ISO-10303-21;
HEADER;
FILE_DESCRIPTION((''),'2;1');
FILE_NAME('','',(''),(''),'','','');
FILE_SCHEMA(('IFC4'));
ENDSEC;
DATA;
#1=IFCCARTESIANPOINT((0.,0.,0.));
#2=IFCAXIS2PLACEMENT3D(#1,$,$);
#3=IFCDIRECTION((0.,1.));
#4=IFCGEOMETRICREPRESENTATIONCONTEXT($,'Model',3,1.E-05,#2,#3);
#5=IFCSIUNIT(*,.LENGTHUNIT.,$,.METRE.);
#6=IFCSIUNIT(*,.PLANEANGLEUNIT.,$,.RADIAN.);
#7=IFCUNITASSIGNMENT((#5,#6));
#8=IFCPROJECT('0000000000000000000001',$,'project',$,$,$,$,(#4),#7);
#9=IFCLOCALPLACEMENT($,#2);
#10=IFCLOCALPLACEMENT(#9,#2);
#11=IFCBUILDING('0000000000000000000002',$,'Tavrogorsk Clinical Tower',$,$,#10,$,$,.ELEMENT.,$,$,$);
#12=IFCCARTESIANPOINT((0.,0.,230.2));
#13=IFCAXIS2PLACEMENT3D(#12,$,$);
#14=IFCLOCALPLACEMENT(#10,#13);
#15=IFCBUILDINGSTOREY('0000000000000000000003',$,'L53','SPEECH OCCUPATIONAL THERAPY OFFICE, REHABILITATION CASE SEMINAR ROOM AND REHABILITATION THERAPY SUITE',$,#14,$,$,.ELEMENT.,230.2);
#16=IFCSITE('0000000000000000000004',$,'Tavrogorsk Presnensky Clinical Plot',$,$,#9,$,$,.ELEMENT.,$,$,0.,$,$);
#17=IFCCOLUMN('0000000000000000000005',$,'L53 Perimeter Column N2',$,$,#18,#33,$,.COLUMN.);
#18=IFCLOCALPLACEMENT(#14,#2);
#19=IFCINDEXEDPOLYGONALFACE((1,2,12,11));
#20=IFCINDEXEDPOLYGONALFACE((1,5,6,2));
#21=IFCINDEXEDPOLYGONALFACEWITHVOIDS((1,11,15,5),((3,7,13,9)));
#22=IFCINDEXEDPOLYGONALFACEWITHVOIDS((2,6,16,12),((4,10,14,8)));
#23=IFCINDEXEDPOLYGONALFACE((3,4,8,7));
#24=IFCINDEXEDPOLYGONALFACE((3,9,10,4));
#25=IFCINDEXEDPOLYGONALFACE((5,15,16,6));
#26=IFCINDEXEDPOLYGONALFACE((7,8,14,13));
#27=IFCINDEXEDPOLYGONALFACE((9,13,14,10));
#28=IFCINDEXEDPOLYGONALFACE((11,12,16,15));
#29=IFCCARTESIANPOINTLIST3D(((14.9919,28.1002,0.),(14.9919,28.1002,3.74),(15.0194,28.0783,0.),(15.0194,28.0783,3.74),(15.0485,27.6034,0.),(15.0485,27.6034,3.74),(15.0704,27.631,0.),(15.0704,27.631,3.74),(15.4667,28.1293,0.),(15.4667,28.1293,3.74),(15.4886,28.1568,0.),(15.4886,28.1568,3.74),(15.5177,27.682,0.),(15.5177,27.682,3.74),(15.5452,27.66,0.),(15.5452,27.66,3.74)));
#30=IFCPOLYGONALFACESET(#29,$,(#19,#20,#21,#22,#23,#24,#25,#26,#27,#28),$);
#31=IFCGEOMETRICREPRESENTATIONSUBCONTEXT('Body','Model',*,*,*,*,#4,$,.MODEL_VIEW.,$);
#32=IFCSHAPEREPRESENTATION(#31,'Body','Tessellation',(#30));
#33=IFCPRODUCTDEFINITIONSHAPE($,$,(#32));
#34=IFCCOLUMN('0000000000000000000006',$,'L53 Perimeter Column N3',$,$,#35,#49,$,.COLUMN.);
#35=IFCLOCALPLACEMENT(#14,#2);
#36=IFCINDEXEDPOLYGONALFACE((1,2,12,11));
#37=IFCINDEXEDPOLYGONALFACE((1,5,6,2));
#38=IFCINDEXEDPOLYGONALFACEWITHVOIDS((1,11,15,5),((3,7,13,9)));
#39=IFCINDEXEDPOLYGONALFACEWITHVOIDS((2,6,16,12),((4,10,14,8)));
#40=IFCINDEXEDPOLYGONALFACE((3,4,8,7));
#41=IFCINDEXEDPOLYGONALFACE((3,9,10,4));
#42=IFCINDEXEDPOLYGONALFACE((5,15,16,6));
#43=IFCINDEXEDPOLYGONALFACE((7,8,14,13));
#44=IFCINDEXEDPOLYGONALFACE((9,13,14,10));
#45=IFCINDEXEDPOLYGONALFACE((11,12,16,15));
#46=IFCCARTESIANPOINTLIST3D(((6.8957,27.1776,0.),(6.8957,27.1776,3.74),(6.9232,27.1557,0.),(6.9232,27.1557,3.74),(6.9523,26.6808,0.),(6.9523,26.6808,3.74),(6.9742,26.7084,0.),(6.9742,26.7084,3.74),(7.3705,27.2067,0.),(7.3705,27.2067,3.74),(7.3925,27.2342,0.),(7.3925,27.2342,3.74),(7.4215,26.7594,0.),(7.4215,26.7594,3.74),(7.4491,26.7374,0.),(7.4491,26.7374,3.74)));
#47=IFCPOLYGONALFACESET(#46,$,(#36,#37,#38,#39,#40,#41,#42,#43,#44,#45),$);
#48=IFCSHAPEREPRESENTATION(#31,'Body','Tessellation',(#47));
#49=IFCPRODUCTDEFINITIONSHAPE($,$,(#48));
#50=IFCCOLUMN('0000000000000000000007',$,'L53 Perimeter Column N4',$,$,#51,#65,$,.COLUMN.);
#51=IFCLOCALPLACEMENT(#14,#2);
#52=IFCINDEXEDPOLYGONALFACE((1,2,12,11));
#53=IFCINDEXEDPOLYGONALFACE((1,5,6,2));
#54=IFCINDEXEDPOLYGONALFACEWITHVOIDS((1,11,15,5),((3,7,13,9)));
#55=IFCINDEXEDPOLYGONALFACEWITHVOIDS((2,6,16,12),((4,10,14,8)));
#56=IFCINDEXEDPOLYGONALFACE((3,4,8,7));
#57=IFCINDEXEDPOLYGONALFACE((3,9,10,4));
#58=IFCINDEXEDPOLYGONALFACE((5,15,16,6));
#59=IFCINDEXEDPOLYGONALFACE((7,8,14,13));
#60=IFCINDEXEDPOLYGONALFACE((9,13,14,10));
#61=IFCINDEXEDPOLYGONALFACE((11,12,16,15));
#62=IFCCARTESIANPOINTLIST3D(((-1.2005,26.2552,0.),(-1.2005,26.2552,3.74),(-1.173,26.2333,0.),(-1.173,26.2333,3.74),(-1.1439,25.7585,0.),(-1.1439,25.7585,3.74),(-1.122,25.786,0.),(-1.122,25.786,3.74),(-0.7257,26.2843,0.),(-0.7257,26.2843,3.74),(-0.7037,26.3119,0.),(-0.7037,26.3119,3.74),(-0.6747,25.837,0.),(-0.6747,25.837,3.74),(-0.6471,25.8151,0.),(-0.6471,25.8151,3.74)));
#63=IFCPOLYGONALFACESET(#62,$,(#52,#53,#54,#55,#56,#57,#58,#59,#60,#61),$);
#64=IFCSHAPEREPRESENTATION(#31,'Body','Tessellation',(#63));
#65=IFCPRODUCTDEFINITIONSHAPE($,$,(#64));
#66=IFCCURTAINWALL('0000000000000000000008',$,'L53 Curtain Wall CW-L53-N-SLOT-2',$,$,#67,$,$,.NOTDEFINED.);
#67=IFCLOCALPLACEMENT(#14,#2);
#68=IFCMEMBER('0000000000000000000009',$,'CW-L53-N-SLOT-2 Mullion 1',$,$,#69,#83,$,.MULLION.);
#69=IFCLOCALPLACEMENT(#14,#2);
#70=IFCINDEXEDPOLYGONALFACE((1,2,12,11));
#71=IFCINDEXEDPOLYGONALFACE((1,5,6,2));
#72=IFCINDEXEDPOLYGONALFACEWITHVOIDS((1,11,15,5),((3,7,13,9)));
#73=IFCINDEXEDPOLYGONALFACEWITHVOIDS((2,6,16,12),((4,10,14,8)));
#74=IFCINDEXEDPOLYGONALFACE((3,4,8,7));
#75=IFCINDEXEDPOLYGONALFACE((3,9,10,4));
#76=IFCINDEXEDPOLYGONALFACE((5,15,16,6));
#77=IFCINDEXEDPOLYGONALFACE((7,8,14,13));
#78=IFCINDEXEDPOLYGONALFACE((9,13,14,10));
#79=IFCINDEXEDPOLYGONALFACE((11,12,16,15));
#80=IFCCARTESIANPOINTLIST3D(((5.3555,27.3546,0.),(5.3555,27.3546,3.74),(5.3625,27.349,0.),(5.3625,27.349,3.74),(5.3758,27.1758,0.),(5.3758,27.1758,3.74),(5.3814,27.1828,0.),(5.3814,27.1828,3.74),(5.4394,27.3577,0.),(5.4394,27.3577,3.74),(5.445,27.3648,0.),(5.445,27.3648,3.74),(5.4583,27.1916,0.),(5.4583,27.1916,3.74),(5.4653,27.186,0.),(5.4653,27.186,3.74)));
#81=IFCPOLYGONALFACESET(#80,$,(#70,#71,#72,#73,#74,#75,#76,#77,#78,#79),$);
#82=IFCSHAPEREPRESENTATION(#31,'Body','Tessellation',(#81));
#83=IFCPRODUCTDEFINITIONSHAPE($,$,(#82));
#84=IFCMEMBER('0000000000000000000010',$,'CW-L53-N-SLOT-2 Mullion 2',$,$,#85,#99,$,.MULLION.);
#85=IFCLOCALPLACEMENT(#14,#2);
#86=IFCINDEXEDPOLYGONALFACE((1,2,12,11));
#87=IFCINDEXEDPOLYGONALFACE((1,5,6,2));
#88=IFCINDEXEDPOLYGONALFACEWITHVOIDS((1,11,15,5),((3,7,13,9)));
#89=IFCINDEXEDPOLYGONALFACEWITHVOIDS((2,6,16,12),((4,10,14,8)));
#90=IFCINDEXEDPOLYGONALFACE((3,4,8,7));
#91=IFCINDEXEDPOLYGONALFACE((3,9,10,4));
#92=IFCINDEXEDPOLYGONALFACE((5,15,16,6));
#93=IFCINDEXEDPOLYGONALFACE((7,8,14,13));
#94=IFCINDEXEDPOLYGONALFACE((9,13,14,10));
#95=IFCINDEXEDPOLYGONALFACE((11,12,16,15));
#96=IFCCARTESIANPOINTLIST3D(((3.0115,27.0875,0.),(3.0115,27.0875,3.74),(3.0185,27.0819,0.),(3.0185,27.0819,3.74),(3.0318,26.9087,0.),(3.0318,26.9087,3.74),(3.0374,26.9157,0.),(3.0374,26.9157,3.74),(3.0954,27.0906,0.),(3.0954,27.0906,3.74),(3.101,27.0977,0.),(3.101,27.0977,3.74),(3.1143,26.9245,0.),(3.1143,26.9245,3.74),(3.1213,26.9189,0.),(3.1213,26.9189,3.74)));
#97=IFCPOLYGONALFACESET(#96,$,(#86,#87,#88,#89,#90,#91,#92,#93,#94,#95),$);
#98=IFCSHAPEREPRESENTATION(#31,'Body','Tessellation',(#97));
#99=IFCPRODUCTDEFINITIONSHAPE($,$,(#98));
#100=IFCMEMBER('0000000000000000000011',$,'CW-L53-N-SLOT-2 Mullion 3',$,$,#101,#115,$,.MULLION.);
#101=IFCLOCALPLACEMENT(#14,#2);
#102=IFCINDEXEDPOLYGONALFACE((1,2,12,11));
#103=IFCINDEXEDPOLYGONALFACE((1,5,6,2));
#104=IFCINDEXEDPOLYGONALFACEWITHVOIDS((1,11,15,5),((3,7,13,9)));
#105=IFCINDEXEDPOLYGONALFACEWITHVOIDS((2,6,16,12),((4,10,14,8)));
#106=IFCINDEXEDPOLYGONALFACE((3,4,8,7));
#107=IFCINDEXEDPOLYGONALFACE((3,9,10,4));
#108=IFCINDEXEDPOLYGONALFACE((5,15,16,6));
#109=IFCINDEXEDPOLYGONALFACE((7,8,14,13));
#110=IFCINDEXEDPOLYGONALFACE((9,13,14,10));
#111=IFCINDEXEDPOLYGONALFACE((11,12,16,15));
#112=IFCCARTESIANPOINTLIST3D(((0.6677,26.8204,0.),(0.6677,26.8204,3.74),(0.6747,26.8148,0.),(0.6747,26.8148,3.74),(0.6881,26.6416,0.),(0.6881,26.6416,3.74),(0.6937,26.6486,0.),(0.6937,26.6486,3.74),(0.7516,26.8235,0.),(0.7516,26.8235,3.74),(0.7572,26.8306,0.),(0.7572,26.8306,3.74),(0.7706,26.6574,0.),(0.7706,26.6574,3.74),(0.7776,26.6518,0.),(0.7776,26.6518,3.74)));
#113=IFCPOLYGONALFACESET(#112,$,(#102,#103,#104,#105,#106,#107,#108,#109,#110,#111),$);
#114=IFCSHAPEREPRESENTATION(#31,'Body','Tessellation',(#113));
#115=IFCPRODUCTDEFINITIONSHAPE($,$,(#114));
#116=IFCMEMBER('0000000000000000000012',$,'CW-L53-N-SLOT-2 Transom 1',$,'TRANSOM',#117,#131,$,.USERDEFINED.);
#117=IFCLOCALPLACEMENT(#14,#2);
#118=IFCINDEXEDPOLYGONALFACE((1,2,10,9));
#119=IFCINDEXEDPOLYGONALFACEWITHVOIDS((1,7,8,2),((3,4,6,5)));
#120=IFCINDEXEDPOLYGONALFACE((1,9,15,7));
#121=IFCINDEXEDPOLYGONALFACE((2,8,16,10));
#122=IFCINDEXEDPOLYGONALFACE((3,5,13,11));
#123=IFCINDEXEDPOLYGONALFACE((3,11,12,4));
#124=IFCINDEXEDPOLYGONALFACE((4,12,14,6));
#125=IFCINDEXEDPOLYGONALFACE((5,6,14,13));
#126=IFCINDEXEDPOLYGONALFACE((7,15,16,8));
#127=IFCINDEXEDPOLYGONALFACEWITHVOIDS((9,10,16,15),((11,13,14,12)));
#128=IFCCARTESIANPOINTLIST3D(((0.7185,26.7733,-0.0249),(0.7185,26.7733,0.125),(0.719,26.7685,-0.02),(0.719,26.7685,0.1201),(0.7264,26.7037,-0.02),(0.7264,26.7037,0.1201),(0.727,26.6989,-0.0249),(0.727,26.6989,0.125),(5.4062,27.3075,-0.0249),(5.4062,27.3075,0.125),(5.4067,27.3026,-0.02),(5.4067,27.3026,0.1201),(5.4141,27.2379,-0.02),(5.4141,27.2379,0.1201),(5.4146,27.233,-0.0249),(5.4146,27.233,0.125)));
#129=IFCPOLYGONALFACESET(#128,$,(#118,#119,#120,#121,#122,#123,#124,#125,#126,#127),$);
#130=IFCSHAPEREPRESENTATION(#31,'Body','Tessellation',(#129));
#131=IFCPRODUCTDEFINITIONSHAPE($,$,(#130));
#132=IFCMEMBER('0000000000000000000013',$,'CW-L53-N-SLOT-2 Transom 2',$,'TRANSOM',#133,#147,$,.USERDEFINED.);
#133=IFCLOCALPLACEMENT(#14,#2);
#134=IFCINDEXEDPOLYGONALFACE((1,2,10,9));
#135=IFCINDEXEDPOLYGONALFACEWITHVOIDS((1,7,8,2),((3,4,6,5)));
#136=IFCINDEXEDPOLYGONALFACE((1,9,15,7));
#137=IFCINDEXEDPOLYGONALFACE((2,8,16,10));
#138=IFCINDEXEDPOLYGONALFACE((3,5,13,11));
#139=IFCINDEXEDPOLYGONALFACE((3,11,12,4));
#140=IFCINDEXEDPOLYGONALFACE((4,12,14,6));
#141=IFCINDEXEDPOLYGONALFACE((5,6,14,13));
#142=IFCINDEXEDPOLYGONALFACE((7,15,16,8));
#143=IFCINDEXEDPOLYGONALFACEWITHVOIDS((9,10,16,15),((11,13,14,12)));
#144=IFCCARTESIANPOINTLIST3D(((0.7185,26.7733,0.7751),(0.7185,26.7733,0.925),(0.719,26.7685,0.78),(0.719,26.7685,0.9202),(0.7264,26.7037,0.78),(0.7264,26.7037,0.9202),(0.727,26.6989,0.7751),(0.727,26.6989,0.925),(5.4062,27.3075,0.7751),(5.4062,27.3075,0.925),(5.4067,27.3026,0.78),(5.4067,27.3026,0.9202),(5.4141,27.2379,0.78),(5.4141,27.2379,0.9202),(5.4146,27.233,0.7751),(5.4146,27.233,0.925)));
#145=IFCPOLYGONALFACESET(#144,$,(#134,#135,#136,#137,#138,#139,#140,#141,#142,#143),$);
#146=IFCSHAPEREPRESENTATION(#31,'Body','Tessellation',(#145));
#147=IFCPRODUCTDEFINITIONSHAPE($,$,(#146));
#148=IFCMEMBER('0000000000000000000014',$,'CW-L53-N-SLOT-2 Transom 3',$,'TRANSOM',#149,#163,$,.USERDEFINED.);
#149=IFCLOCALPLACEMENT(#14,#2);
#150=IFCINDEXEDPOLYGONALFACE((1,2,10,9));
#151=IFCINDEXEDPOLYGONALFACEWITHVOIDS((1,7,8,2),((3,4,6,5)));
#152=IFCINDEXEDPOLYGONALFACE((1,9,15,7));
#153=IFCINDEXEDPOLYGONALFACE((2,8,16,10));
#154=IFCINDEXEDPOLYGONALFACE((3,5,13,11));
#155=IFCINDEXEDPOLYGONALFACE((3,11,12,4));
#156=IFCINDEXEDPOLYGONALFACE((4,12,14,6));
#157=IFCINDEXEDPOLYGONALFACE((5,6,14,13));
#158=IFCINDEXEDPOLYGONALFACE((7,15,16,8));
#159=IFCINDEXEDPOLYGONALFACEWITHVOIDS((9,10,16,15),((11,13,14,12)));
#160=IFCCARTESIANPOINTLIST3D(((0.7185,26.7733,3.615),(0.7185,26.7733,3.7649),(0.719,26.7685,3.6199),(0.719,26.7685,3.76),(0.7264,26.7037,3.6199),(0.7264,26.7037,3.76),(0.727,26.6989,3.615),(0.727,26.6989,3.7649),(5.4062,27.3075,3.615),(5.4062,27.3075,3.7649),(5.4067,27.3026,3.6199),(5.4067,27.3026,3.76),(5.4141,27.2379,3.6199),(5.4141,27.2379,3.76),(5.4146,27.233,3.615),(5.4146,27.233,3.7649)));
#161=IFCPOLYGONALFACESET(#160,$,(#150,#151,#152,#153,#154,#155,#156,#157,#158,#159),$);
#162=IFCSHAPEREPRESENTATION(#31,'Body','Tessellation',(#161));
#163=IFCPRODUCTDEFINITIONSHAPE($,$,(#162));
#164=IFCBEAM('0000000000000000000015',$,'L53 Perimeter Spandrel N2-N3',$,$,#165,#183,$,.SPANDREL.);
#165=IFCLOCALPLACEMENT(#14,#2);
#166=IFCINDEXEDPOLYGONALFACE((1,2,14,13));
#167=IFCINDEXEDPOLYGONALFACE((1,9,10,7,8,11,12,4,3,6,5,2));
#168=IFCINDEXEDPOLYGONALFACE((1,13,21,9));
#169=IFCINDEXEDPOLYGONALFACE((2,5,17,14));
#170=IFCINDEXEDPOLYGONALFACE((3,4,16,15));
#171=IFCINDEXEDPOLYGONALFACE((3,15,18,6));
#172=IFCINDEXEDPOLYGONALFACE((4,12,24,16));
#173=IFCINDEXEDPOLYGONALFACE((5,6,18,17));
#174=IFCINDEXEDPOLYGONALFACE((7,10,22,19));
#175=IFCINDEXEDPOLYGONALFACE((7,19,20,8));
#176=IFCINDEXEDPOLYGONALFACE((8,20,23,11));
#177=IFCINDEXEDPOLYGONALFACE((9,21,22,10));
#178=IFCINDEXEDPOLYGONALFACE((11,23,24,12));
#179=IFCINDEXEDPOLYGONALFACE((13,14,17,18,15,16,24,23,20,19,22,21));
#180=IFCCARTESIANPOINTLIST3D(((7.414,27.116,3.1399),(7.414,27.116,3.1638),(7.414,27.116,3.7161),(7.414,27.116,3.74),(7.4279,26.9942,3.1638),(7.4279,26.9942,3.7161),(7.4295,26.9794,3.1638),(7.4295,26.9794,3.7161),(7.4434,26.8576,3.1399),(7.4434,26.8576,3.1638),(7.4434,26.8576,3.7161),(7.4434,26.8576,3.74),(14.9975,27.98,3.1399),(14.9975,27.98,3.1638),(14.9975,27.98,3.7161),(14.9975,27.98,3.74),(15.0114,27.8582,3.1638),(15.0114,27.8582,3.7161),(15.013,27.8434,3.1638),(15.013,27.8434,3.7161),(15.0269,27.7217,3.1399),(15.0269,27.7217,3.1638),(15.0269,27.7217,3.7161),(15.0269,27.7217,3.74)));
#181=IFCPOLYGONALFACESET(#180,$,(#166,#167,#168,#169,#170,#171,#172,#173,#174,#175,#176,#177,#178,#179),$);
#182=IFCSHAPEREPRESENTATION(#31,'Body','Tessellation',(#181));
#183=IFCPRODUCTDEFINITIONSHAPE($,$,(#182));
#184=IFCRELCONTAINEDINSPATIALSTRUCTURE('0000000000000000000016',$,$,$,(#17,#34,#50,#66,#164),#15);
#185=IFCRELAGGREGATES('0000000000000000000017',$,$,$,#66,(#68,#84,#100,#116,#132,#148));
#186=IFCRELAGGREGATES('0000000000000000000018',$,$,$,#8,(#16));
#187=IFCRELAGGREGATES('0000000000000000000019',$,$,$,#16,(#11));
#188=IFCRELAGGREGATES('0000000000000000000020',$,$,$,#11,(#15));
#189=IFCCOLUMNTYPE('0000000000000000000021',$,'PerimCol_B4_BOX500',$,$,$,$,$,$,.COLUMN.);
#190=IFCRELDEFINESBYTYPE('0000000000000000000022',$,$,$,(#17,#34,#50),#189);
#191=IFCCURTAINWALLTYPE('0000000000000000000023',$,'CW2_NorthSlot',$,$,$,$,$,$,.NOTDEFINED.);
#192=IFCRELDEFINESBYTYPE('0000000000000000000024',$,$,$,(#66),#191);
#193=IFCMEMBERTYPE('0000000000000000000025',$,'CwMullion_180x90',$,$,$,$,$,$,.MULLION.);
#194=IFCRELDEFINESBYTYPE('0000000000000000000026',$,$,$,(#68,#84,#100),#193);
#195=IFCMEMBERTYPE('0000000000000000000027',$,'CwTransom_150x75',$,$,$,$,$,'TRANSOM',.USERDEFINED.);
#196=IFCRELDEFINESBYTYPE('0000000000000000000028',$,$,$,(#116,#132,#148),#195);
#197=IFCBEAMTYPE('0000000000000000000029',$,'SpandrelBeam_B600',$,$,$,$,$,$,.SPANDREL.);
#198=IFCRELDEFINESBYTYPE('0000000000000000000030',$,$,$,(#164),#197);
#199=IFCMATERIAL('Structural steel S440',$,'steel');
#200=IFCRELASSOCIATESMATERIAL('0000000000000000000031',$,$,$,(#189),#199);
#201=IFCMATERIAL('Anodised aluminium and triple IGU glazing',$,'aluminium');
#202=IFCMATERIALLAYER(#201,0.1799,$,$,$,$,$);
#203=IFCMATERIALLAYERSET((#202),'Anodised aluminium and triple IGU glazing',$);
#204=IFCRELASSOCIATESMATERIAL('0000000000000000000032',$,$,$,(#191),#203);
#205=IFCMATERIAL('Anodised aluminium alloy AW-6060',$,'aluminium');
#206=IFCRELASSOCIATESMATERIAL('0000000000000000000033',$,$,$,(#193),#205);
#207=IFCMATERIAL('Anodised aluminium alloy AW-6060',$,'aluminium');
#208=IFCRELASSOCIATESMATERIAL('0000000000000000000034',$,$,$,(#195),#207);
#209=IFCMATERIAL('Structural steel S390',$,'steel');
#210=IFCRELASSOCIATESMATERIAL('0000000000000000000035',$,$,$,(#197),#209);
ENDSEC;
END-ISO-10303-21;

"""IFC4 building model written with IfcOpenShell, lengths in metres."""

from ifc_helpers import new_model, si_unit, direction, frame, origin, origin_2d, place, context, subcontext, project, spatial, hollow_rectangle, i_section, extrude, material, layer, layer_set, material_profile, profile_set, type_object, element, aggregate, save


model = new_model("IFC4")

# Units and contexts
model_context = context("Model", 3, precision=1e-05, world=origin(), true_north=direction((0.0, 1.0)))
body_context = subcontext(model_context, "Body", "Model", "MODEL_VIEW")
ifc_project = project(units=[si_unit("LENGTHUNIT", "METRE"), si_unit("PLANEANGLEUNIT", "RADIAN")], contexts=[model_context])

# Site, building, storey
site_placement = place(None, origin())
site = spatial("IfcSite", under=ifc_project, at=site_placement, Name="Tavrogorsk Presnensky Clinical Plot", CompositionType="ELEMENT", RefElevation=0.0)
building_placement = place(site_placement, origin())
building = spatial("IfcBuilding", under=site, at=building_placement, Name="Tavrogorsk Clinical Tower", CompositionType="ELEMENT")
storey_placement = place(building_placement, frame((0.0, 0.0, 230.2)))
storey = spatial("IfcBuildingStorey", under=building, at=storey_placement, Name="L53", Description="SPEECH OCCUPATIONAL THERAPY OFFICE, REHABILITATION CASE SEMINAR ROOM AND REHABILITATION THERAPY SUITE", CompositionType="ELEMENT", Elevation=230.2)

# Columns
ifc_material_1 = material(Name="Structural steel S440", Category="steel")
ifc_material_profile_1 = material_profile(ifc_material_1, hollow_rectangle(XDim=0.5, YDim=0.5, WallThickness=0.0249, at=origin_2d()), Name="BOX-500x500x25")
ifc_profile_set_1 = profile_set([ifc_material_profile_1], Name="Structural steel S440")
column_type = type_object("IfcColumnType", Name="PerimCol_B4_BOX500", PredefinedType="COLUMN", material=ifc_profile_set_1)
for number, where, z_axis, x_axis, name in (
    (1, (15.2686, 27.8801, 0.0), (0.0, 0.0, 1.0), (0.993572, 0.113203, 0.0), "L53 Perimeter Column N2"),
    (2, (7.1724, 26.9575, 0.0), (0.0, 0.0, 1.0), (0.993572, 0.113203, 0.0), "L53 Perimeter Column N3"),
    (3, (-0.9238, 26.0352, 0.0), (0.0, 0.0, 1.0), (0.993572, 0.113203, 0.0), "L53 Perimeter Column N4"),
):
    element("IfcColumn", number, at=place(storey_placement, frame(where, z_axis=z_axis, x_axis=x_axis)), inside=storey, type_object=column_type, Name=name, PredefinedType="COLUMN", context=body_context, shape_type="SweptSolid", body=[
        extrude(hollow_rectangle(XDim=0.5, YDim=0.5, WallThickness=0.0249, at=origin_2d()), origin(), (0.0, 0.0, 1.0), 3.74),
    ])

# Curtain wall, members
ifc_material_2 = material(Name="Anodised aluminium and triple IGU glazing", Category="aluminium")
ifc_layer_1 = layer(ifc_material_2, 0.1799)
ifc_layer_set_1 = layer_set([ifc_layer_1], Name="Anodised aluminium and triple IGU glazing")
curtain_wall_type = type_object("IfcCurtainWallType", Name="CW2_NorthSlot", PredefinedType="NOTDEFINED", material=ifc_layer_set_1)
curtain_wall_placement = place(storey_placement, origin())
curtain_wall = element("IfcCurtainWall", 4, at=curtain_wall_placement, inside=storey, type_object=curtain_wall_type, Name="L53 Curtain Wall CW-L53-N-SLOT-2", PredefinedType="NOTDEFINED")
ifc_material_3 = material(Name="Anodised aluminium alloy AW-6060", Category="aluminium")
ifc_material_profile_2 = material_profile(ifc_material_3, hollow_rectangle(XDim=0.0901, YDim=0.1799, WallThickness=0.0063, at=origin_2d()), Name="RHS-180x90x6.3")
ifc_profile_set_2 = profile_set([ifc_material_profile_2], Name="Anodised aluminium alloy AW-6060")
member_type_1 = type_object("IfcMemberType", Name="CwMullion_180x90", PredefinedType="MULLION", material=ifc_profile_set_2)
member_1_placement = place(storey_placement, frame((5.4104, 27.2703, 0.0), z_axis=(0.0, 0.0, 1.0), x_axis=(-0.993572, -0.113203, 0.0)))
member_1 = element("IfcMember", 5, at=member_1_placement, type_object=member_type_1, Name="CW-L53-N-SLOT-2 Mullion 1", PredefinedType="MULLION", context=body_context, shape_type="SweptSolid", body=[
    extrude(hollow_rectangle(XDim=0.0901, YDim=0.1799, WallThickness=0.0063, at=origin_2d()), origin(), (0.0, 0.0, 1.0), 3.74),
])
member_2_placement = place(storey_placement, frame((3.0664, 27.0032, 0.0), z_axis=(0.0, 0.0, 1.0), x_axis=(-0.993572, -0.113203, 0.0)))
member_2 = element("IfcMember", 6, at=member_2_placement, type_object=member_type_1, Name="CW-L53-N-SLOT-2 Mullion 2", PredefinedType="MULLION", context=body_context, shape_type="SweptSolid", body=[
    extrude(hollow_rectangle(XDim=0.0901, YDim=0.1799, WallThickness=0.0063, at=origin_2d()), origin(), (0.0, 0.0, 1.0), 3.74),
])
member_3_placement = place(storey_placement, frame((0.7227, 26.7361, 0.0), z_axis=(0.0, 0.0, 1.0), x_axis=(-0.993572, -0.113203, 0.0)))
member_3 = element("IfcMember", 7, at=member_3_placement, type_object=member_type_1, Name="CW-L53-N-SLOT-2 Mullion 3", PredefinedType="MULLION", context=body_context, shape_type="SweptSolid", body=[
    extrude(hollow_rectangle(XDim=0.0901, YDim=0.1799, WallThickness=0.0063, at=origin_2d()), origin(), (0.0, 0.0, 1.0), 3.74),
])
ifc_material_4 = material(Name="Anodised aluminium alloy AW-6060", Category="aluminium")
ifc_material_profile_3 = material_profile(ifc_material_4, hollow_rectangle(XDim=0.075, YDim=0.1499, WallThickness=0.0049, at=origin_2d()), Name="RHS-150x75x5")
ifc_profile_set_3 = profile_set([ifc_material_profile_3], Name="Anodised aluminium alloy AW-6060")
member_type_2 = type_object("IfcMemberType", Name="CwTransom_150x75", ElementType="TRANSOM", PredefinedType="USERDEFINED", material=ifc_profile_set_3)
member_4_placement = place(storey_placement, frame((5.4104, 27.2703, 0.05), z_axis=(-0.99357, -0.11322, 0.0), x_axis=(0.11322, -0.99357, 0.0)))
member_4 = element("IfcMember", 8, at=member_4_placement, type_object=member_type_2, Name="CW-L53-N-SLOT-2 Transom 1", ObjectType="TRANSOM", PredefinedType="USERDEFINED", context=body_context, shape_type="SweptSolid", body=[
    extrude(hollow_rectangle(XDim=0.075, YDim=0.1499, WallThickness=0.0049, at=origin_2d()), origin(), (0.0, 0.0, 1.0), 4.718),
])
member_5_placement = place(storey_placement, frame((5.4104, 27.2703, 0.8501), z_axis=(-0.99357, -0.11322, 0.0), x_axis=(0.11322, -0.99357, 0.0)))
member_5 = element("IfcMember", 9, at=member_5_placement, type_object=member_type_2, Name="CW-L53-N-SLOT-2 Transom 2", ObjectType="TRANSOM", PredefinedType="USERDEFINED", context=body_context, shape_type="SweptSolid", body=[
    extrude(hollow_rectangle(XDim=0.075, YDim=0.1499, WallThickness=0.0049, at=origin_2d()), origin(), (0.0, 0.0, 1.0), 4.718),
])
member_6_placement = place(storey_placement, frame((5.4104, 27.2703, 3.6899), z_axis=(-0.99357, -0.11322, 0.0), x_axis=(0.11322, -0.99357, 0.0)))
member_6 = element("IfcMember", 10, at=member_6_placement, type_object=member_type_2, Name="CW-L53-N-SLOT-2 Transom 3", ObjectType="TRANSOM", PredefinedType="USERDEFINED", context=body_context, shape_type="SweptSolid", body=[
    extrude(hollow_rectangle(XDim=0.075, YDim=0.1499, WallThickness=0.0049, at=origin_2d()), origin(), (0.0, 0.0, 1.0), 4.718),
])

# Beam
ifc_material_5 = material(Name="Structural steel S390", Category="steel")
ifc_material_profile_4 = material_profile(ifc_material_5, i_section(OverallWidth=0.26, OverallDepth=0.6001, WebThickness=0.0149, FlangeThickness=0.0239, at=origin_2d()), Name="B-600x260x15x24")
ifc_profile_set_4 = profile_set([ifc_material_profile_4], Name="Structural steel S390")
beam_type = type_object("IfcBeamType", Name="SpandrelBeam_B600", PredefinedType="SPANDREL", material=ifc_profile_set_4)
for number, where, z_axis, x_axis, name in (
    (11, (15.0122, 27.8508, 3.4399), (-0.993572, -0.113201, 0.0), (0.113201, -0.993572, 0.0), "L53 Perimeter Spandrel N2-N3"),
):
    element("IfcBeam", number, at=place(storey_placement, frame(where, z_axis=z_axis, x_axis=x_axis)), inside=storey, type_object=beam_type, Name=name, PredefinedType="SPANDREL", context=body_context, shape_type="SweptSolid", body=[
        extrude(i_section(OverallWidth=0.26, OverallDepth=0.6001, WebThickness=0.0149, FlangeThickness=0.0239, at=origin_2d()), origin(), (0.0, 0.0, 1.0), 7.6326),
    ])

aggregate(curtain_wall, [member_1, member_2, member_3, member_4, member_5, member_6])

save(model, "model.ifc")
